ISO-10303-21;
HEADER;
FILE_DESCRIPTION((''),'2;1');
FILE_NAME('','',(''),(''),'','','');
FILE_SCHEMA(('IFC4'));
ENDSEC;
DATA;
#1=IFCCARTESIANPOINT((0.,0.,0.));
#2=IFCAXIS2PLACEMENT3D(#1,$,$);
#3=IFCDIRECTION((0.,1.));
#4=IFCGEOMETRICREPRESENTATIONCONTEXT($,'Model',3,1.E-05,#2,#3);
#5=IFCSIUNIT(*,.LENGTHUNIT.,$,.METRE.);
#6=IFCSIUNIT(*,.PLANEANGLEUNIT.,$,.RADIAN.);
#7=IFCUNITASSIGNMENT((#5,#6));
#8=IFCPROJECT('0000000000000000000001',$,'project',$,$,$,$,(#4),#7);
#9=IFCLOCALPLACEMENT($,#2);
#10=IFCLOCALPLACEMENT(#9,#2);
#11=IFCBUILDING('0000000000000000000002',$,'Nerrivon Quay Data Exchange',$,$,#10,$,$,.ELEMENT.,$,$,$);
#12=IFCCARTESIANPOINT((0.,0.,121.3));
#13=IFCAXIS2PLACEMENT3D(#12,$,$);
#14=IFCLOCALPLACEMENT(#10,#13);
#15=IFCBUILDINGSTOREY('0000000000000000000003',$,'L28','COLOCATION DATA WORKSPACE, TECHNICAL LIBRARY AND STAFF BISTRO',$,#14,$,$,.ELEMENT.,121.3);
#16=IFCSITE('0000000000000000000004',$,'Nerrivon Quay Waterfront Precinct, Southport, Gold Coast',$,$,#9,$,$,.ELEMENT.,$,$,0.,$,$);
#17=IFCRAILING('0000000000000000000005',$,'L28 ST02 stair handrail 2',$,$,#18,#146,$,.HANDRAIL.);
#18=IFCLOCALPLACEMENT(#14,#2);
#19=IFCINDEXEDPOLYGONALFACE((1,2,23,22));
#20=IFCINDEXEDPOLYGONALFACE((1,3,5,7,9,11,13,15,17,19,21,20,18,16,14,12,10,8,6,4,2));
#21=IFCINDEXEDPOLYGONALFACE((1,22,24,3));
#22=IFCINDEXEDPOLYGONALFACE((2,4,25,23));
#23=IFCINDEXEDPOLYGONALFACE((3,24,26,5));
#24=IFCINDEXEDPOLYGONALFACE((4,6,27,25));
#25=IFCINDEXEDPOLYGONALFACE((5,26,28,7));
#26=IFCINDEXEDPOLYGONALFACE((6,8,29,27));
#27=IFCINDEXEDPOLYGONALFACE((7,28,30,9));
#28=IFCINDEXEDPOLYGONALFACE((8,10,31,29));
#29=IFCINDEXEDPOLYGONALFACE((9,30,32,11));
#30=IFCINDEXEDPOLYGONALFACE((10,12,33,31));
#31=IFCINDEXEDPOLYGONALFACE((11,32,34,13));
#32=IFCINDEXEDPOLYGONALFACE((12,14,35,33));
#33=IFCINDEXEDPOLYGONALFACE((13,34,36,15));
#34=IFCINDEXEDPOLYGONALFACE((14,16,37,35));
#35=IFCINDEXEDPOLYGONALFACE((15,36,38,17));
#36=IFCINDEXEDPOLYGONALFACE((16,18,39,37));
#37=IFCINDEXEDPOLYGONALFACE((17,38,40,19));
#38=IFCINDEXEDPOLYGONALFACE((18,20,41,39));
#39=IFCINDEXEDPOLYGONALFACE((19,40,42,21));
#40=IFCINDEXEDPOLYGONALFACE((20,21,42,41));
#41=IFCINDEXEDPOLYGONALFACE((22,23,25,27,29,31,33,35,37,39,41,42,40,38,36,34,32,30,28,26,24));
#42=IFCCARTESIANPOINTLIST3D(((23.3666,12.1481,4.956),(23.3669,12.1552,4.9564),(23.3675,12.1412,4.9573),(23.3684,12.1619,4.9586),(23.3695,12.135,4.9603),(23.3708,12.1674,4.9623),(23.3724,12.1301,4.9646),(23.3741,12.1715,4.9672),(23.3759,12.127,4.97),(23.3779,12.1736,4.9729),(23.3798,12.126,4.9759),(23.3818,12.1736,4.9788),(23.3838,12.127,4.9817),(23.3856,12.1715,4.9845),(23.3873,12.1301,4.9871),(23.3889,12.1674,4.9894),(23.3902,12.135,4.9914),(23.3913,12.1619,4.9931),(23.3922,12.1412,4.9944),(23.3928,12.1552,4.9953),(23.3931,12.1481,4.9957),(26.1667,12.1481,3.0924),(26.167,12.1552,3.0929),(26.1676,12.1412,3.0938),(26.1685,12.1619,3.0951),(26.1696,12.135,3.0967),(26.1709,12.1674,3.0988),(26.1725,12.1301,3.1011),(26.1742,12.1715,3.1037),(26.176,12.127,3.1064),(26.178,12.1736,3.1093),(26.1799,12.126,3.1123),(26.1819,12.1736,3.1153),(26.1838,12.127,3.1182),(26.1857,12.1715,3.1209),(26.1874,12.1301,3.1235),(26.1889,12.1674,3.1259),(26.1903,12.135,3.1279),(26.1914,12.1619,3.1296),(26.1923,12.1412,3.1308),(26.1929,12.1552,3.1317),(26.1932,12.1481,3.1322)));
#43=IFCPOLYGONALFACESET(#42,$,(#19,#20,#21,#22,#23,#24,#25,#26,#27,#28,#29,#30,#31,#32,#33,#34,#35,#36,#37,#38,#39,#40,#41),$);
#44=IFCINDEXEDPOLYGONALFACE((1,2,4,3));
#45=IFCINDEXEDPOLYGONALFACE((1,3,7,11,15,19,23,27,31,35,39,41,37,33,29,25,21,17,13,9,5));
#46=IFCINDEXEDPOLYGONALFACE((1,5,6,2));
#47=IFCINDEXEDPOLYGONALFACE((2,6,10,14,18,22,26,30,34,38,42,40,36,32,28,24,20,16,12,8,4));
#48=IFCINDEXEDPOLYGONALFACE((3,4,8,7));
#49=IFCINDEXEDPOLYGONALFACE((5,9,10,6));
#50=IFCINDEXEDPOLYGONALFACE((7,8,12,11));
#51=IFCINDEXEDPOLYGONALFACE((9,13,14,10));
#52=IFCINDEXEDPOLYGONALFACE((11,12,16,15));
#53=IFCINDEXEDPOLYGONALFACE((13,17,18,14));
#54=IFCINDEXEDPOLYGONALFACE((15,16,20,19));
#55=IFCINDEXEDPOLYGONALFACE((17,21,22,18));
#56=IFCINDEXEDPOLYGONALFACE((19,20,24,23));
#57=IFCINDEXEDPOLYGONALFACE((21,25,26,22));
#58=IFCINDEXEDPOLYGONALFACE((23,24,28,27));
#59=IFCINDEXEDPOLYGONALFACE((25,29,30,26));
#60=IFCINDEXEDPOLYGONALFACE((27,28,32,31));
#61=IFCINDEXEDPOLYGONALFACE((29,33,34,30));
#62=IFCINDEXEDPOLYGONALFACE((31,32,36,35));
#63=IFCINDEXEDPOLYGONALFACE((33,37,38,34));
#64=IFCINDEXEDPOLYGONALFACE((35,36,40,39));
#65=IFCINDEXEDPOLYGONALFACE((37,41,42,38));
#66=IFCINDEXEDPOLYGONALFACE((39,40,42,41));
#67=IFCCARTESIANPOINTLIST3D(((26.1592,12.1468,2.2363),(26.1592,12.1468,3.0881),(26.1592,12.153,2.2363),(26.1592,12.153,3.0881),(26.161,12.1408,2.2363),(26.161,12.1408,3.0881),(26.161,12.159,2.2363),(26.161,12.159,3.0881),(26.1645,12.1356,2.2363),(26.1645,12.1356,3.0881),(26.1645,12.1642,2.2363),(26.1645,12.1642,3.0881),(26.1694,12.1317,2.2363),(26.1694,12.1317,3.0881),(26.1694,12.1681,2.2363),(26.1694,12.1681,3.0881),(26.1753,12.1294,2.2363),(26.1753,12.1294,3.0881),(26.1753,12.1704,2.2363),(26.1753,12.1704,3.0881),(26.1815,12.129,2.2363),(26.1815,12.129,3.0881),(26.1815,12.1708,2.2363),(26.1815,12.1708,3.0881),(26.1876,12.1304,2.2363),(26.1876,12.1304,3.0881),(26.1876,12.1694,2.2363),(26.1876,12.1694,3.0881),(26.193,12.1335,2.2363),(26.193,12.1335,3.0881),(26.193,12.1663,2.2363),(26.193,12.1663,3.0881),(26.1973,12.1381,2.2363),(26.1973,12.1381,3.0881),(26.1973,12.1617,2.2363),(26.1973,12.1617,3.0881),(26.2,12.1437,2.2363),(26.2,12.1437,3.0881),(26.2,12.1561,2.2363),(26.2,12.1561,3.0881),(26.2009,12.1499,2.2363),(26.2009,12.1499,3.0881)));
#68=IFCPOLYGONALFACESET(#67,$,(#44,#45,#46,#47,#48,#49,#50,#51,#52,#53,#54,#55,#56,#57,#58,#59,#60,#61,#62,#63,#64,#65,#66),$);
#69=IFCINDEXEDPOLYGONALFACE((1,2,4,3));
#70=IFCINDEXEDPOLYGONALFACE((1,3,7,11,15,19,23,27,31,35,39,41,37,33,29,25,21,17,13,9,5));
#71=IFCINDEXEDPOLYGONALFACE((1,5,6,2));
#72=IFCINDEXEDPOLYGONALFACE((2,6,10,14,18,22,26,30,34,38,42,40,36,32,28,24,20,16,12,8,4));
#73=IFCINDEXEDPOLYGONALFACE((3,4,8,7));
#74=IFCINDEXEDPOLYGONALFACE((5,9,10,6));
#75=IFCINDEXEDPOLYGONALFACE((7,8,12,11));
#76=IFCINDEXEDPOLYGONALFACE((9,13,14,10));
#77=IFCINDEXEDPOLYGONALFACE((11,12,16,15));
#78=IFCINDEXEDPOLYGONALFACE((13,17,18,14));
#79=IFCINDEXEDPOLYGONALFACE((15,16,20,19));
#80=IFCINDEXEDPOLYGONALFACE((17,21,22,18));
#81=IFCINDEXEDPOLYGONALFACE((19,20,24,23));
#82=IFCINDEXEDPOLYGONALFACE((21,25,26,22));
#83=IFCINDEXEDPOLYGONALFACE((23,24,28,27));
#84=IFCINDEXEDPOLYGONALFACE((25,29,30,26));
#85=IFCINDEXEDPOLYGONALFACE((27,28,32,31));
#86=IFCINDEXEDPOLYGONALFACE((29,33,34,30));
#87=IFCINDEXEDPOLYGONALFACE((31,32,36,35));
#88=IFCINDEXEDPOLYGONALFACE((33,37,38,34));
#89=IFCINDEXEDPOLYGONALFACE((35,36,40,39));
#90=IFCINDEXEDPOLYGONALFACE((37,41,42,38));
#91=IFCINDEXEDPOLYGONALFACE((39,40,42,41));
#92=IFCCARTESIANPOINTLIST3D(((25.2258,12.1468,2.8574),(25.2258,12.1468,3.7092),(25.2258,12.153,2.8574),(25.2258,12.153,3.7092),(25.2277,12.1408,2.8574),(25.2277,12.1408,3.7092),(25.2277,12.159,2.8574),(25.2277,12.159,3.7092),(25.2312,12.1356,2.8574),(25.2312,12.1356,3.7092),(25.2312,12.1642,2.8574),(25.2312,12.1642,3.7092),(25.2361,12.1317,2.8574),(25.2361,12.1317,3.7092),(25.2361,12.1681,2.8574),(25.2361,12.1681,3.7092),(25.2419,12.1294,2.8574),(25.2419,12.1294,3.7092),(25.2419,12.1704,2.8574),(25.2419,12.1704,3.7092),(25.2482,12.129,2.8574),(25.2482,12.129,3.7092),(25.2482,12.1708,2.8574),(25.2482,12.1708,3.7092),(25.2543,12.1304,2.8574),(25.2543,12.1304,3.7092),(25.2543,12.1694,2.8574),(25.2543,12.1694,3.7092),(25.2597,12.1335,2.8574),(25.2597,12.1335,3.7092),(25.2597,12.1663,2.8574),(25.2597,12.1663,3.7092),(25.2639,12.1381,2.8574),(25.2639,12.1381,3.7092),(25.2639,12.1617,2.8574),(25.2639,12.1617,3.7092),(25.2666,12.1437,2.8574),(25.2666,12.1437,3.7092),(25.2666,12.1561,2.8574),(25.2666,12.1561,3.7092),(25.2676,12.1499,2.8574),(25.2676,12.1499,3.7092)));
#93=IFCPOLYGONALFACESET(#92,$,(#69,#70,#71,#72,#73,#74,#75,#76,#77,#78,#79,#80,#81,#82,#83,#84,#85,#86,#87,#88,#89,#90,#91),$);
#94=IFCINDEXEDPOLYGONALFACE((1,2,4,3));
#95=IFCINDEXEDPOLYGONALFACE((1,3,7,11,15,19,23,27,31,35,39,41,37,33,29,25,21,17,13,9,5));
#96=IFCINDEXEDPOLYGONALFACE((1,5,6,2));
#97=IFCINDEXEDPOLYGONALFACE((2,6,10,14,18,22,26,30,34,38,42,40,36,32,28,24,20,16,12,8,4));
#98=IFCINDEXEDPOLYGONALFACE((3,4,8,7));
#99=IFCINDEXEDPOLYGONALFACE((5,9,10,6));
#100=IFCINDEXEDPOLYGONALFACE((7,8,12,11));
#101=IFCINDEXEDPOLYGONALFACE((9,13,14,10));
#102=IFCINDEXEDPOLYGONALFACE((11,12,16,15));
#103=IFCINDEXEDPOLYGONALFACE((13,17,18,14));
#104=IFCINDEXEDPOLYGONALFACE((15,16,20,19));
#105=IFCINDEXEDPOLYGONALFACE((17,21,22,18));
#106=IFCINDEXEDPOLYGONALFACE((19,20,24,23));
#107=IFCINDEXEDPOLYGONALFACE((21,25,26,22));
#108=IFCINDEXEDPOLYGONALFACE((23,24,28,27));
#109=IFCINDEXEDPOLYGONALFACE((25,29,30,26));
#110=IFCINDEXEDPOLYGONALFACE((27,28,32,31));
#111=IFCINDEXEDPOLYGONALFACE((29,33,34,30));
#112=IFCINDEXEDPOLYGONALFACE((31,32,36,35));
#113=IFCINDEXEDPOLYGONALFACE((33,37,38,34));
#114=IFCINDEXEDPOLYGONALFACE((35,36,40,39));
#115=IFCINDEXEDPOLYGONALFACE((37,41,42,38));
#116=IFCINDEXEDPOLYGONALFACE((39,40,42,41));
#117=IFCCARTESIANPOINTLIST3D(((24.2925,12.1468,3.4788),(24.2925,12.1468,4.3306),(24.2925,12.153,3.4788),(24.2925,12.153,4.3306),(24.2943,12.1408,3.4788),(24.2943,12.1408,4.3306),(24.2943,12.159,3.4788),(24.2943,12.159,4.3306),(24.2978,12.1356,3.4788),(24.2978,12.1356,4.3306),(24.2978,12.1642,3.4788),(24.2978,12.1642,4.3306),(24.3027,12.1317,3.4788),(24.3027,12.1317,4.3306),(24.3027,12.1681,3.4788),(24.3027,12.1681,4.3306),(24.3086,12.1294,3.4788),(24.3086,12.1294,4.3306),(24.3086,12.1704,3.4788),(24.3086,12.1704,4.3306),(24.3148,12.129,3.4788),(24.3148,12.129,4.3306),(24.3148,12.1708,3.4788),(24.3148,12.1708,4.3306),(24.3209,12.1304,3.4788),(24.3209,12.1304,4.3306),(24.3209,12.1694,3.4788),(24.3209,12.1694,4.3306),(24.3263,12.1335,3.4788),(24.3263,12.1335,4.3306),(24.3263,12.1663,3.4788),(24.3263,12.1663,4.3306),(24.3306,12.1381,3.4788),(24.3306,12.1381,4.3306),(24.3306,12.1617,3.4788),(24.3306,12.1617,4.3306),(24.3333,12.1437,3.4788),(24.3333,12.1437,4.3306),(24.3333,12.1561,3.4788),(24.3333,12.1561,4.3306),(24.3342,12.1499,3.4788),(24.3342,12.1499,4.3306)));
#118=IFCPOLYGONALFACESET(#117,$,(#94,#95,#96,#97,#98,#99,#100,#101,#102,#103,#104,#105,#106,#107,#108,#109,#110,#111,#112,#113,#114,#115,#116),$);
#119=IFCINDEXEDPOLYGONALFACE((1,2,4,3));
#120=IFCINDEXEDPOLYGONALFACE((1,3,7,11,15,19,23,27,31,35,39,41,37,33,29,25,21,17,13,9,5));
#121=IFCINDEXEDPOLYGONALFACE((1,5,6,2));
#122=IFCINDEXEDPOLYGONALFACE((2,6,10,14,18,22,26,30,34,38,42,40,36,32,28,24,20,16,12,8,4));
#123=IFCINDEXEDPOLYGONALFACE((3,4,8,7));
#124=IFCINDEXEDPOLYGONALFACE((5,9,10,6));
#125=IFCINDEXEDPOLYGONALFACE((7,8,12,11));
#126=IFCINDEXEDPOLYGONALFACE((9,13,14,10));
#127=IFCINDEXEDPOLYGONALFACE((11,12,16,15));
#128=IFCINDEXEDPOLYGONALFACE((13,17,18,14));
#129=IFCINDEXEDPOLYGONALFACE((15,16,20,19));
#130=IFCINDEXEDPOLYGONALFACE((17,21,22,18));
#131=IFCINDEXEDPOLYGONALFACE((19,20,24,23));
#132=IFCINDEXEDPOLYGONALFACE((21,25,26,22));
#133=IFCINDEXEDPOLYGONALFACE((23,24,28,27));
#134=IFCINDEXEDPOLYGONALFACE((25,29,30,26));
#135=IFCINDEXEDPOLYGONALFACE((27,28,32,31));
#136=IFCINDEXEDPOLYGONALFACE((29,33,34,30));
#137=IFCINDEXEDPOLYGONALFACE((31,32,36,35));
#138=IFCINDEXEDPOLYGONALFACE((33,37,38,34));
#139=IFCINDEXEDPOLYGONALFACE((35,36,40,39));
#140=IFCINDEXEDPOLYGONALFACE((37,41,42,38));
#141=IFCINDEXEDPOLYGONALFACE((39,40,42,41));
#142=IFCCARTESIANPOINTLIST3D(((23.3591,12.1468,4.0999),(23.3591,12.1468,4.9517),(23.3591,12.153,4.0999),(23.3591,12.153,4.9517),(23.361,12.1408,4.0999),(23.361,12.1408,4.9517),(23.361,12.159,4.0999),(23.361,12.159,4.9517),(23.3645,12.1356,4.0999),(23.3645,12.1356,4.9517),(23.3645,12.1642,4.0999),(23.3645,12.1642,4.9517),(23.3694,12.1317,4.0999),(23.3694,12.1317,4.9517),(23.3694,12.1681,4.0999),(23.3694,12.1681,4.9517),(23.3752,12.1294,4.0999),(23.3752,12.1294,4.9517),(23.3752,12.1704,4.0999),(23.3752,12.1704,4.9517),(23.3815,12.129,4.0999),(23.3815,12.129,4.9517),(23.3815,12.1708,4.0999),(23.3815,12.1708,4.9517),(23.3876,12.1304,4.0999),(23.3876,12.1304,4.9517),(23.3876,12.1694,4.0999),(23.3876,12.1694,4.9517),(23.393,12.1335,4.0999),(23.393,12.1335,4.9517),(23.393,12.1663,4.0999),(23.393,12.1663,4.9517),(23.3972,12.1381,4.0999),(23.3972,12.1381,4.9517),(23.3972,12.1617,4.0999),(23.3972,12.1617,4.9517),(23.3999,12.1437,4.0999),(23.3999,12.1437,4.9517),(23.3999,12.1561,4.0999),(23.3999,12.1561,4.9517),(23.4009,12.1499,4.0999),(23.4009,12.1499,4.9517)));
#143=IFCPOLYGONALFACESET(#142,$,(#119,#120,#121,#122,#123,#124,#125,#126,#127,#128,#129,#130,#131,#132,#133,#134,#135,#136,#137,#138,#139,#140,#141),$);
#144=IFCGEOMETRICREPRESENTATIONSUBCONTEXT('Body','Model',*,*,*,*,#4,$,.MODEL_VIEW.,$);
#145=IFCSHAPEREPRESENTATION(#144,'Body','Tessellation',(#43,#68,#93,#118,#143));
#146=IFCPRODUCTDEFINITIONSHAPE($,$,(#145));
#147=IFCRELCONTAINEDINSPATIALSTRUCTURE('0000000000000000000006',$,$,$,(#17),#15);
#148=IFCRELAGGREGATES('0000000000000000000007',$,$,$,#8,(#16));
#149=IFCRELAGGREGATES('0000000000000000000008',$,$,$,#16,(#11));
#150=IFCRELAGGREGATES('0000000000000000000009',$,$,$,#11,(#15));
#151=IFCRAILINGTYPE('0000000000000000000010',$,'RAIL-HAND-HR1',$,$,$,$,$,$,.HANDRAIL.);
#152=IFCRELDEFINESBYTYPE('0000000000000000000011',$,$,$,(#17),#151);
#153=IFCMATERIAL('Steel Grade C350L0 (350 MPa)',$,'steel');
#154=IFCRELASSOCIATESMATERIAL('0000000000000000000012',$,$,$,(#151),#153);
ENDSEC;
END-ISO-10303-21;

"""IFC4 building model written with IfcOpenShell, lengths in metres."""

from ifc_helpers import new_model, si_unit, direction, frame, origin, origin_2d, place, context, subcontext, project, spatial, circle, extrude, material, type_object, element, save


model = new_model("IFC4")

# Units and contexts
model_context = context("Model", 3, precision=1e-05, world=origin(), true_north=direction((0.0, 1.0)))
body_context = subcontext(model_context, "Body", "Model", "MODEL_VIEW")
ifc_project = project(units=[si_unit("LENGTHUNIT", "METRE"), si_unit("PLANEANGLEUNIT", "RADIAN")], contexts=[model_context])

# Site, building, storey
site_placement = place(None, origin())
site = spatial("IfcSite", under=ifc_project, at=site_placement, Name="Nerrivon Quay Waterfront Precinct, Southport, Gold Coast", CompositionType="ELEMENT", RefElevation=0.0)
building_placement = place(site_placement, origin())
building = spatial("IfcBuilding", under=site, at=building_placement, Name="Nerrivon Quay Data Exchange", CompositionType="ELEMENT")
storey_placement = place(building_placement, frame((0.0, 0.0, 121.3)))
storey = spatial("IfcBuildingStorey", under=building, at=storey_placement, Name="L28", Description="COLOCATION DATA WORKSPACE, TECHNICAL LIBRARY AND STAFF BISTRO", CompositionType="ELEMENT", Elevation=121.3)

# Railing
ifc_material_1 = material(Name="Steel Grade C350L0 (350 MPa)", Category="steel")
railing_type_1 = type_object("IfcRailingType", Name="RAIL-HAND-HR1", PredefinedType="HANDRAIL", material=ifc_material_1)
railing_1_placement = place(storey_placement, frame((26.1799, 12.1499, 2.2363)))
element("IfcRailing", 1, at=railing_1_placement, inside=storey, type_object=railing_type_1, Name="L28 ST02 stair handrail 2", PredefinedType="HANDRAIL", context=body_context, shape_type="SweptSolid", body=[
    extrude(circle(Radius=0.0239, at=origin_2d()), frame((0.0, 0.0, 0.876), z_axis=(-0.832486, 0.0, 0.554047), x_axis=(0.0, -1.0, 0.0)), (0.0, 0.0, 1.0), 3.3635),
    extrude(circle(Radius=0.021, at=origin_2d()), origin(), (0.0, 0.0, 1.0), 0.8518),
    extrude(circle(Radius=0.021, at=origin_2d()), frame((-0.9333, 0.0, 0.6211)), (0.0, 0.0, 1.0), 0.8518),
    extrude(circle(Radius=0.021, at=origin_2d()), frame((-1.8667, 0.0, 1.2424)), (0.0, 0.0, 1.0), 0.8518),
    extrude(circle(Radius=0.021, at=origin_2d()), frame((-2.8, 0.0, 1.8635)), (0.0, 0.0, 1.0), 0.8518),
])

save(model, "model.ifc")
